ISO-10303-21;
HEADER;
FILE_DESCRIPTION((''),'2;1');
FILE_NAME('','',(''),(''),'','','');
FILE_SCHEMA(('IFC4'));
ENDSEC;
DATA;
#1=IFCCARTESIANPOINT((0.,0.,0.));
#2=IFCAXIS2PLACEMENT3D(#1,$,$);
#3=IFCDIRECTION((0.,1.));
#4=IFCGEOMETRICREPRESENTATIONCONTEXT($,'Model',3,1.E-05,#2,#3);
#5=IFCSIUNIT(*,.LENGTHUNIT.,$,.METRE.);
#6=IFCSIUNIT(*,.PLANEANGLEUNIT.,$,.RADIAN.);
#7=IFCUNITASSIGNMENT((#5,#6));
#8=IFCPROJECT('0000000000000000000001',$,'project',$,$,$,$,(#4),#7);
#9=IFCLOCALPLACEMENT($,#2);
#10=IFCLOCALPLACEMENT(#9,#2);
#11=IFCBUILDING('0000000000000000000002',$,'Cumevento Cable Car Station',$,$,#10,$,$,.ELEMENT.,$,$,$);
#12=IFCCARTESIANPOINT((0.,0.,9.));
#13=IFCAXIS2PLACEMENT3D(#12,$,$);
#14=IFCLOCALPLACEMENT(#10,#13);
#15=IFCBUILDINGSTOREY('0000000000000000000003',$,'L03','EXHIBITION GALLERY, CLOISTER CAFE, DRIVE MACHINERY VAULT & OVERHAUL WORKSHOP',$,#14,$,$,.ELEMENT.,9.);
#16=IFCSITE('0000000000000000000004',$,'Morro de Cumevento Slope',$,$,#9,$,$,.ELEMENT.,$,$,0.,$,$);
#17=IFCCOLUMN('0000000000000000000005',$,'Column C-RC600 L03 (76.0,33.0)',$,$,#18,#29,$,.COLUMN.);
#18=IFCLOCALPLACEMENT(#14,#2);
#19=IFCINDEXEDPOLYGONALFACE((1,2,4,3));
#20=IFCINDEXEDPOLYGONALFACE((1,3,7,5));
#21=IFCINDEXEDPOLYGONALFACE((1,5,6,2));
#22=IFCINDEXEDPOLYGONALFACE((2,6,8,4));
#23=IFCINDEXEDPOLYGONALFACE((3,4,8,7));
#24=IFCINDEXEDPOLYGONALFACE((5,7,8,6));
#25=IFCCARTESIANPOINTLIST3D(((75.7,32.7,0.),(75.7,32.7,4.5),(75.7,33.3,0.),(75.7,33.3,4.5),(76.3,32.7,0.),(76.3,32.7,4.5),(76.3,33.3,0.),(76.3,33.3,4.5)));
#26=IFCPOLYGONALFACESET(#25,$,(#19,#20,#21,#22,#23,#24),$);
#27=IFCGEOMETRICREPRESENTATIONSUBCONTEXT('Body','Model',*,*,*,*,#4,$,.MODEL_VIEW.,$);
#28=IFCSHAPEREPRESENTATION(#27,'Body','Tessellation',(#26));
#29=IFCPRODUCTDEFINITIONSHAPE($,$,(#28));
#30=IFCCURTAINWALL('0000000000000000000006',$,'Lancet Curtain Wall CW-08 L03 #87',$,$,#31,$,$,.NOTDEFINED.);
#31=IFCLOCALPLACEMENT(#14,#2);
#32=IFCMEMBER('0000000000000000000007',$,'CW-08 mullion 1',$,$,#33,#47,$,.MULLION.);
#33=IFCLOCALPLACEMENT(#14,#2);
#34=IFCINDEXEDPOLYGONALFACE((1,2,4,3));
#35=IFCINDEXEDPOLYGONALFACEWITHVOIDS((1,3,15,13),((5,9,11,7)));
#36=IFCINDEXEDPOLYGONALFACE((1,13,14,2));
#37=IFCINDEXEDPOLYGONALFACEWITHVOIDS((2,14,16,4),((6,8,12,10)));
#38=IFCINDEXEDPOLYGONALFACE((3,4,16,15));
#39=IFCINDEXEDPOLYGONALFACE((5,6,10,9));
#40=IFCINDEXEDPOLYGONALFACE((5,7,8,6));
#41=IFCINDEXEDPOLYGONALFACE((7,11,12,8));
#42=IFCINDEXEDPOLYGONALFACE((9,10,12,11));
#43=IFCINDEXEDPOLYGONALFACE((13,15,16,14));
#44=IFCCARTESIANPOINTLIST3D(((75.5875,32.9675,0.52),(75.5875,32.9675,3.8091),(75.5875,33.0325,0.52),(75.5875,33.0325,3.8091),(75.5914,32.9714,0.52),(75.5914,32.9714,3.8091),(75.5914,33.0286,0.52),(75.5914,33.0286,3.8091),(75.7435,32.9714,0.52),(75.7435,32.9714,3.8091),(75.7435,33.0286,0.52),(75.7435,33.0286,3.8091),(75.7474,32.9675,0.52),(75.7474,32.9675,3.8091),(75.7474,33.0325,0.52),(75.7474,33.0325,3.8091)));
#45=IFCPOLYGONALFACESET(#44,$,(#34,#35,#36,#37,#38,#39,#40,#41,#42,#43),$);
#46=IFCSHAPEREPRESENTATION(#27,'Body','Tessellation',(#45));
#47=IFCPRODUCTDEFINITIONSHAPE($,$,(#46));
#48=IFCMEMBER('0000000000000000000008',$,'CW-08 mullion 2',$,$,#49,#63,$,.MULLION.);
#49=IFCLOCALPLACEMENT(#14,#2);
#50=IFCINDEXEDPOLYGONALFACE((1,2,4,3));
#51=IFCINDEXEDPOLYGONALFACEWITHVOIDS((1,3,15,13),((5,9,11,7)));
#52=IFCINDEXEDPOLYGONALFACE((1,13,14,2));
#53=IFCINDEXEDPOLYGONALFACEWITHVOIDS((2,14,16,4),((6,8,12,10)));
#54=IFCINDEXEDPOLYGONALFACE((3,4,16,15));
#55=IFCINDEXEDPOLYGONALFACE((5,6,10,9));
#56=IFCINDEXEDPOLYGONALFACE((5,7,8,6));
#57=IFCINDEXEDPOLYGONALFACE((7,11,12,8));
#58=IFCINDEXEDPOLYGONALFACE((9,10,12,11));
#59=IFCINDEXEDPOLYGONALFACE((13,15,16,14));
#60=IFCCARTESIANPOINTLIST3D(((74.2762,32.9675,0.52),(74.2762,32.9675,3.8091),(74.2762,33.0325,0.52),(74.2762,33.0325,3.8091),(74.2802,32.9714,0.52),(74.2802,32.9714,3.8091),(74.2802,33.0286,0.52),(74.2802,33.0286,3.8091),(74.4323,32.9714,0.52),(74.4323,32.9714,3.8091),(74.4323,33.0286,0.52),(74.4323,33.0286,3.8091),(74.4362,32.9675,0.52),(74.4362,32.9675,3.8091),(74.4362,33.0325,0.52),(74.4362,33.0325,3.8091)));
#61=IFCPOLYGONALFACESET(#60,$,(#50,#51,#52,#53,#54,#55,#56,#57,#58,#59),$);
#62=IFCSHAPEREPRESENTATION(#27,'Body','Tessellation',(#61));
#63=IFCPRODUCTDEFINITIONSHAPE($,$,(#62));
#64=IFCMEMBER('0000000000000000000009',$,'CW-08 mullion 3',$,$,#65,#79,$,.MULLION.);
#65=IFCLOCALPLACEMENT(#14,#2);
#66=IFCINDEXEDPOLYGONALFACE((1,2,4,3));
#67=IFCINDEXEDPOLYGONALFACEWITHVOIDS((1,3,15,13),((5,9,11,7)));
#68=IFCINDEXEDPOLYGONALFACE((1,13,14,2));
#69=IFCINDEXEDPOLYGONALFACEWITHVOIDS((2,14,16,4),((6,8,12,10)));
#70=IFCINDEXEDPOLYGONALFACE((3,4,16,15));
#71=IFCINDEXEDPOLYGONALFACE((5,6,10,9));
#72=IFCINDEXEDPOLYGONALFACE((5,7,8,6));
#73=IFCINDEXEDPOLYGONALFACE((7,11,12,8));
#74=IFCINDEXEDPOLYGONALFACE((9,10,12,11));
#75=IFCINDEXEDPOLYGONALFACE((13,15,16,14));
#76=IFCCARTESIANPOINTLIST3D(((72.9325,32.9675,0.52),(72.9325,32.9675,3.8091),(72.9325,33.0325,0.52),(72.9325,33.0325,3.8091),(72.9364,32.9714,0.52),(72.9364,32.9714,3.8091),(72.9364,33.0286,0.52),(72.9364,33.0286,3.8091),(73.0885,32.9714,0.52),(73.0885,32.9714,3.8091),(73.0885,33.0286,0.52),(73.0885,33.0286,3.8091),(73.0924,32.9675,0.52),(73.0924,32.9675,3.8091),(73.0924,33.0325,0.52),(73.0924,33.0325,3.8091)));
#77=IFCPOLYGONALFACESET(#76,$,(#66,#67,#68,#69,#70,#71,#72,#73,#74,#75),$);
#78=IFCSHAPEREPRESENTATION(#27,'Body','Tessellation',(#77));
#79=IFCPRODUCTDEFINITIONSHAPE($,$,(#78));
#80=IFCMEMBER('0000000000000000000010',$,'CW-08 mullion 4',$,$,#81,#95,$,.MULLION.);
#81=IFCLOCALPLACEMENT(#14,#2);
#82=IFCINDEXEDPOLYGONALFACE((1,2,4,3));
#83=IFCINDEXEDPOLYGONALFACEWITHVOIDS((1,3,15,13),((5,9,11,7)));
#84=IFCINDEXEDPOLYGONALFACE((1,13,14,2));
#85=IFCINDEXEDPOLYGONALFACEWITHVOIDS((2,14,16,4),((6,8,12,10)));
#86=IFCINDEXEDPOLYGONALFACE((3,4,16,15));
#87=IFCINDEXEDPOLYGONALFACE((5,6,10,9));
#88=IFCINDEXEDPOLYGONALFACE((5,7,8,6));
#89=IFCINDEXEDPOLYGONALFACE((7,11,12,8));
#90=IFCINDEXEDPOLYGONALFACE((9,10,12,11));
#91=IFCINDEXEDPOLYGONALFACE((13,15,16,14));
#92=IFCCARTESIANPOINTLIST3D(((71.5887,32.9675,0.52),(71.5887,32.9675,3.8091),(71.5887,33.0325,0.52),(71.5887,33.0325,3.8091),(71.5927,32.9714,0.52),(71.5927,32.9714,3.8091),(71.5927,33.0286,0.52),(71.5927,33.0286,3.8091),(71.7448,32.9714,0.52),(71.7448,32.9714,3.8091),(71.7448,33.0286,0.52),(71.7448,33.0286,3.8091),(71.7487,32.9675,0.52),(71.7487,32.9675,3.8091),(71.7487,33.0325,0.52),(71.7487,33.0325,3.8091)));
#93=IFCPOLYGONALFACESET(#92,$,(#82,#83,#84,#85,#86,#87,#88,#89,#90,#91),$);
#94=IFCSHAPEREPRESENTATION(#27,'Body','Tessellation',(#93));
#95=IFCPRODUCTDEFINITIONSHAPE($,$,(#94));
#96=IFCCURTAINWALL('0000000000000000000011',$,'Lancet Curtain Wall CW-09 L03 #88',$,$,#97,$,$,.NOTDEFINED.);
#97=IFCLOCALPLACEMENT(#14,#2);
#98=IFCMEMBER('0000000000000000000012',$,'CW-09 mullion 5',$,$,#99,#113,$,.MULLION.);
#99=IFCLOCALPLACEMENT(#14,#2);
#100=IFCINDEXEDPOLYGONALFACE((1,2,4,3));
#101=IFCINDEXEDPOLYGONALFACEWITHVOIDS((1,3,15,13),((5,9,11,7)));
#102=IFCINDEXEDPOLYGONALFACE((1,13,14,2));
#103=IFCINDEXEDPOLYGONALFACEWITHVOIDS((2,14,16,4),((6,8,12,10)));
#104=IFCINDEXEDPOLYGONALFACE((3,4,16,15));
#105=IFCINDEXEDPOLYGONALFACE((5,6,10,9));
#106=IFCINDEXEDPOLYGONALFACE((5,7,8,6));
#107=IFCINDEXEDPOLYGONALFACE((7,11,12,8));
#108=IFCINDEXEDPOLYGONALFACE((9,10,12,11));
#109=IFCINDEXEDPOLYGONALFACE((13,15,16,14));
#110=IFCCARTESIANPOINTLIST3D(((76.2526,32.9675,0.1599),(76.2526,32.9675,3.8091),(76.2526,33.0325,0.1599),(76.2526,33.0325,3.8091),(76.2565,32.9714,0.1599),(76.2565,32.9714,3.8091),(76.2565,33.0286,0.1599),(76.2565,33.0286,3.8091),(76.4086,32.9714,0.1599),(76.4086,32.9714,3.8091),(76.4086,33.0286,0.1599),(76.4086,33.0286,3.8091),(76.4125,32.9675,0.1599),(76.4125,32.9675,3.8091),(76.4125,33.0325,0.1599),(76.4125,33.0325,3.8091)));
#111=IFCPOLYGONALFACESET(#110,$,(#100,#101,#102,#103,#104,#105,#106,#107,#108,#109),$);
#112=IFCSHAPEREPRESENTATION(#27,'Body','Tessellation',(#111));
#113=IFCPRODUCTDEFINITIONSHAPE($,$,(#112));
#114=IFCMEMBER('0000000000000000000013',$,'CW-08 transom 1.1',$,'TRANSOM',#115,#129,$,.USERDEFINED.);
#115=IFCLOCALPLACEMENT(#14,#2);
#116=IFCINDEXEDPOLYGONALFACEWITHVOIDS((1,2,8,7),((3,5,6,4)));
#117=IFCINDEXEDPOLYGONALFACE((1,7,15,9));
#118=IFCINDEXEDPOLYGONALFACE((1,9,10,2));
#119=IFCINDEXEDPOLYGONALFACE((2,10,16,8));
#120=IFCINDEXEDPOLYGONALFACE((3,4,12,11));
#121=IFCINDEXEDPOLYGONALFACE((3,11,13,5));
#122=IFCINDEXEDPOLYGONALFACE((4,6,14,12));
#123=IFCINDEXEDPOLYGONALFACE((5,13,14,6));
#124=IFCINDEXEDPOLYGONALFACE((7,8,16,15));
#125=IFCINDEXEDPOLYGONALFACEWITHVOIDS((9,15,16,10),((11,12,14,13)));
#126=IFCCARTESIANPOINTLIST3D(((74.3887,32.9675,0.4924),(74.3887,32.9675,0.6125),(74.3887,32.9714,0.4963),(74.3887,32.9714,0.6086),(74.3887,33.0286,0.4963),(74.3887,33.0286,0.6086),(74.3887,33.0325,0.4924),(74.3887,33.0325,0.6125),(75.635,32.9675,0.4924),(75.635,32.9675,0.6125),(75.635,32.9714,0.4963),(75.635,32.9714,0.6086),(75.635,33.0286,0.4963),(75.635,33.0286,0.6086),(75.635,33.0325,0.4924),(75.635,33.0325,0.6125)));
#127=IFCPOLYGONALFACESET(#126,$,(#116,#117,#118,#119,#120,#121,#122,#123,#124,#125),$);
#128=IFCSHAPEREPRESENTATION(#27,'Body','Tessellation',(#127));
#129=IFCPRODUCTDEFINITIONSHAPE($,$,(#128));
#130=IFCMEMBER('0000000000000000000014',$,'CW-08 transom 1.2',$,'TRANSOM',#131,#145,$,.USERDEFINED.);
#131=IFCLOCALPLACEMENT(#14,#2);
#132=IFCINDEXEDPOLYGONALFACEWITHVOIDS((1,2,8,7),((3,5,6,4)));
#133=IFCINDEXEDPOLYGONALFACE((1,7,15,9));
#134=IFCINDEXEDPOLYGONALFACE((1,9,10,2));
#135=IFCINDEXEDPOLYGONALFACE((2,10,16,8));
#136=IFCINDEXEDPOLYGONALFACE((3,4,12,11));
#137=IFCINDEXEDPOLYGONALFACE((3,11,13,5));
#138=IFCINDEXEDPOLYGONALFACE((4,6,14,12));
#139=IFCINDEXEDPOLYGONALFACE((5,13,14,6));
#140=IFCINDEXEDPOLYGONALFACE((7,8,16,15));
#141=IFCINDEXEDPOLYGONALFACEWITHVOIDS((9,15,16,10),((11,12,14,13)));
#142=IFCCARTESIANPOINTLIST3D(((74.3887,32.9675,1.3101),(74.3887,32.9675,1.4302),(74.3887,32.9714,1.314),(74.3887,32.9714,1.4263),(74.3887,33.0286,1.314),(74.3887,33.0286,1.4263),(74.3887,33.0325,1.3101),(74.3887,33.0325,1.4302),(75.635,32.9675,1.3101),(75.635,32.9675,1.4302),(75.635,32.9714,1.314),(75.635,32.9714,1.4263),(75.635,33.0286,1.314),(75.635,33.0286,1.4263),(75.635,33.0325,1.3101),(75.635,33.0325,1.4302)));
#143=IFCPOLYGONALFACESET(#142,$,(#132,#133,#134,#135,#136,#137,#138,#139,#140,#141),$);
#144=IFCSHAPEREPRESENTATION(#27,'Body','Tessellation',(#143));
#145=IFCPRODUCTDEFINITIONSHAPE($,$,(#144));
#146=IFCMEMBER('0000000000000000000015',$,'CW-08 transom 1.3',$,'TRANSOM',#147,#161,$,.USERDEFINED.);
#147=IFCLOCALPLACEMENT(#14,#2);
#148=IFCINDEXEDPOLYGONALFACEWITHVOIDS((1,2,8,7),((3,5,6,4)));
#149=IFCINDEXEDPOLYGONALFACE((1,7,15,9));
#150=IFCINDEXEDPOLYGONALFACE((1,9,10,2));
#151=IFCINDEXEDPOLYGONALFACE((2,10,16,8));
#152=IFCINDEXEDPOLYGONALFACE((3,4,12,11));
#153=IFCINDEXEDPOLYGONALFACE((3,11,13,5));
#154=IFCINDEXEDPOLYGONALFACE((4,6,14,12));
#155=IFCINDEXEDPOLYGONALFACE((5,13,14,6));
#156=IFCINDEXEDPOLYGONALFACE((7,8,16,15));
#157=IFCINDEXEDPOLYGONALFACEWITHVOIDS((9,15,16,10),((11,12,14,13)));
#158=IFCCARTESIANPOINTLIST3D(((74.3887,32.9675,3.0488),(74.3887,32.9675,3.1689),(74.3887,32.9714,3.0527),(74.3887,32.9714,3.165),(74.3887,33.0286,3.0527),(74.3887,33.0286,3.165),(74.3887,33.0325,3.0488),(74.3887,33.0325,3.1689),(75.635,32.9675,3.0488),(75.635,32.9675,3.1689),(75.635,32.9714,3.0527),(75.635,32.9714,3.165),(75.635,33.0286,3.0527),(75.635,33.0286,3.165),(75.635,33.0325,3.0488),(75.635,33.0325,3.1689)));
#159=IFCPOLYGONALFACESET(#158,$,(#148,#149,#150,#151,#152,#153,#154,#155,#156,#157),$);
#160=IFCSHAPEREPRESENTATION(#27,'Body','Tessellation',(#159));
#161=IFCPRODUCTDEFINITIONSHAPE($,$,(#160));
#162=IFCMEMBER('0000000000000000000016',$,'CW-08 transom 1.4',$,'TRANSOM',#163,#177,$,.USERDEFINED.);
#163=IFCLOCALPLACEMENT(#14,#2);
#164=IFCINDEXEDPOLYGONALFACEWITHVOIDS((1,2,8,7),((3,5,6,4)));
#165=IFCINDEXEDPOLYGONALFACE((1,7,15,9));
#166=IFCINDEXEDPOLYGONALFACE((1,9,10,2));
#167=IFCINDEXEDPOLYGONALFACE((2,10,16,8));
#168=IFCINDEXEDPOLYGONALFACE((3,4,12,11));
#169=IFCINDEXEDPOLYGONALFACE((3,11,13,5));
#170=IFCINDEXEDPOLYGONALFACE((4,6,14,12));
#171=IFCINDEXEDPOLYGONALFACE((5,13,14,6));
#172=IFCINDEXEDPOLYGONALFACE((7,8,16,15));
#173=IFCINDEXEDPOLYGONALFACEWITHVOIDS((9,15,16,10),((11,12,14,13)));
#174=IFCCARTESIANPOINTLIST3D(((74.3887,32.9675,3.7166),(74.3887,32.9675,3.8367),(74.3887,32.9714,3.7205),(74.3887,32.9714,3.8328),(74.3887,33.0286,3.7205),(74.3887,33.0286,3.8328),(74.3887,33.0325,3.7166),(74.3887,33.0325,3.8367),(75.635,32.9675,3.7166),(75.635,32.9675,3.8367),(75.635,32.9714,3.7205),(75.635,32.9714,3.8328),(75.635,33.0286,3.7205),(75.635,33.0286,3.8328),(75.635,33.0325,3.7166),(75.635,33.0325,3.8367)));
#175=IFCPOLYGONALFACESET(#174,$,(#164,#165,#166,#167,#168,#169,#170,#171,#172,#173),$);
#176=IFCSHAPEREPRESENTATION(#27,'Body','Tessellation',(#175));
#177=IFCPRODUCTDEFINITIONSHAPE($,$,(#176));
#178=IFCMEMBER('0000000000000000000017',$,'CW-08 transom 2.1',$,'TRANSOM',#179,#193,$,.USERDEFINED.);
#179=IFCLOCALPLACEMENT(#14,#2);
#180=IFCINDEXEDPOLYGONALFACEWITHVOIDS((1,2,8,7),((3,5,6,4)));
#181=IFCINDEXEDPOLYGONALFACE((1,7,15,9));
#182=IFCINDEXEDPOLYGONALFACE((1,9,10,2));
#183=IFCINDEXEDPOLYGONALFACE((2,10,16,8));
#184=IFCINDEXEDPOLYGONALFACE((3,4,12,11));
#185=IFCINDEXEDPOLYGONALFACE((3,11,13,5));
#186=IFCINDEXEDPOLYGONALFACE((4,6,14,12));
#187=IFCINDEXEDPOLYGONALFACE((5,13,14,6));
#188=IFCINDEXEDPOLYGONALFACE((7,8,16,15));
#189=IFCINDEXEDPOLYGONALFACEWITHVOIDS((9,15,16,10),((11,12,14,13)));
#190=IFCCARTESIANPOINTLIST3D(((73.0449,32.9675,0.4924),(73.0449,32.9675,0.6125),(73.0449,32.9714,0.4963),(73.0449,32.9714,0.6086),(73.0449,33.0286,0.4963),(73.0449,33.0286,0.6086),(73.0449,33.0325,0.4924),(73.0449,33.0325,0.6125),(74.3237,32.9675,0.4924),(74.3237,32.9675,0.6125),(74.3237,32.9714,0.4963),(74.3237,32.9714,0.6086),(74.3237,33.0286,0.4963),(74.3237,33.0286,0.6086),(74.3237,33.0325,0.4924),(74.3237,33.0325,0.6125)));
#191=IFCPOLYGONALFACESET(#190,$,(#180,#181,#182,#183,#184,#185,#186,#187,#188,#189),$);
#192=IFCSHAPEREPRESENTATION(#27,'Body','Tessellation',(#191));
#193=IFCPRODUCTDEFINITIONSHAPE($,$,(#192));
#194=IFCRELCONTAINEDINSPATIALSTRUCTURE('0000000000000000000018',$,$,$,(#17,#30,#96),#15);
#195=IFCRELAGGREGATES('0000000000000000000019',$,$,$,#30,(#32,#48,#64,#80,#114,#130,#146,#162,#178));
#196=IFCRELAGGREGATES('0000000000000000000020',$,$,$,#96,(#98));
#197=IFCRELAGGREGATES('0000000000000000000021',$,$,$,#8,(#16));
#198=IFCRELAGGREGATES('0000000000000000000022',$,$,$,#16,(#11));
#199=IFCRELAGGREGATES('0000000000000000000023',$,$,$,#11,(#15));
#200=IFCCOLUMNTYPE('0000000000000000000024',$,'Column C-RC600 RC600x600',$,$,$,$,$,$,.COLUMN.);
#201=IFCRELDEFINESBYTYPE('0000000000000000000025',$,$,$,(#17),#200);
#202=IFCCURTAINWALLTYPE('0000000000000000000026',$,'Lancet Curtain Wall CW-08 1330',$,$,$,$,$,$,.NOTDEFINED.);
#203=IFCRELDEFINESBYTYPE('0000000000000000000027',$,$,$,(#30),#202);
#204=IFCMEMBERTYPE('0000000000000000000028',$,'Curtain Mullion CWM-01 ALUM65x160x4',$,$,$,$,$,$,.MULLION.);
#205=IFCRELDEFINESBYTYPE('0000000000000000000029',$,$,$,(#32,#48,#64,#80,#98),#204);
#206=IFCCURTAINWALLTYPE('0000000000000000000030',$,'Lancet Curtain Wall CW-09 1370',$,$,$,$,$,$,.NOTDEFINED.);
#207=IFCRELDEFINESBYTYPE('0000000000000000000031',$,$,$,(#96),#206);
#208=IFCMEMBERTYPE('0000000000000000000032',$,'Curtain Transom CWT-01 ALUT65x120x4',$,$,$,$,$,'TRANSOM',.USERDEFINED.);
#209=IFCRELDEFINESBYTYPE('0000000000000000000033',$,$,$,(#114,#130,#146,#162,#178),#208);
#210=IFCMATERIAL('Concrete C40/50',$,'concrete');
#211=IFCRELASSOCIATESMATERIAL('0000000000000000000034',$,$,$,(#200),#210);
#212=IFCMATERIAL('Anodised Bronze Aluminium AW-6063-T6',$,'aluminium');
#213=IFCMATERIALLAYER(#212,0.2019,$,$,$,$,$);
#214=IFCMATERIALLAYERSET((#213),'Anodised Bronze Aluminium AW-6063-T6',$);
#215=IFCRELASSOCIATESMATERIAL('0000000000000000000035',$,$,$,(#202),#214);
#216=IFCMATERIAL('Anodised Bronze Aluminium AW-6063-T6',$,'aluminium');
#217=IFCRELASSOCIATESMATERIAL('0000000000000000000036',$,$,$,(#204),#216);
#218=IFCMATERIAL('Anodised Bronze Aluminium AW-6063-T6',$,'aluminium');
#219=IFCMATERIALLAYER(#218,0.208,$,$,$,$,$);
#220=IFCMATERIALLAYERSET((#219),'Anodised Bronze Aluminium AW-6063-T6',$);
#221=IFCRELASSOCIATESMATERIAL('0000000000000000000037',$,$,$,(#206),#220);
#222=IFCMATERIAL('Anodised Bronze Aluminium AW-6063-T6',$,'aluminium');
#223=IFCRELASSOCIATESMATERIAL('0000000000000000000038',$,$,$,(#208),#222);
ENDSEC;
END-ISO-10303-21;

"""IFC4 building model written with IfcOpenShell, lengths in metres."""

from ifc_helpers import new_model, si_unit, direction, frame, origin, origin_2d, place, context, subcontext, project, spatial, rectangle, hollow_rectangle, extrude, material, layer, layer_set, material_profile, profile_set, type_object, element, aggregate, save


model = new_model("IFC4")

# Units and contexts
model_context = context("Model", 3, precision=1e-05, world=origin(), true_north=direction((0.0, 1.0)))
body_context = subcontext(model_context, "Body", "Model", "MODEL_VIEW")
ifc_project = project(units=[si_unit("LENGTHUNIT", "METRE"), si_unit("PLANEANGLEUNIT", "RADIAN")], contexts=[model_context])

# Site, building, storey
site_placement = place(None, origin())
site = spatial("IfcSite", under=ifc_project, at=site_placement, Name="Morro de Cumevento Slope", CompositionType="ELEMENT", RefElevation=0.0)
building_placement = place(site_placement, origin())
building = spatial("IfcBuilding", under=site, at=building_placement, Name="Cumevento Cable Car Station", CompositionType="ELEMENT")
storey_placement = place(building_placement, frame((0.0, 0.0, 9.0)))
storey = spatial("IfcBuildingStorey", under=building, at=storey_placement, Name="L03", Description="EXHIBITION GALLERY, CLOISTER CAFE, DRIVE MACHINERY VAULT & OVERHAUL WORKSHOP", CompositionType="ELEMENT", Elevation=9.0)

# Column
ifc_material_1 = material(Name="Concrete C40/50", Category="concrete")
ifc_material_profile_1 = material_profile(ifc_material_1, rectangle(XDim=0.6001, YDim=0.6001, at=origin_2d()), Name="RC600x600")
ifc_profile_set_1 = profile_set([ifc_material_profile_1], Name="Concrete C40/50")
column_type = type_object("IfcColumnType", Name="Column C-RC600 RC600x600", PredefinedType="COLUMN", material=ifc_profile_set_1)
column_placement = place(storey_placement, frame((76.0, 33.0, 0.0), z_axis=(0.0, 0.0, 1.0), x_axis=(1.0, 0.0, 0.0)))
element("IfcColumn", 1, at=column_placement, inside=storey, type_object=column_type, Name="Column C-RC600 L03 (76.0,33.0)", PredefinedType="COLUMN", context=body_context, shape_type="SweptSolid", body=[
    extrude(rectangle(XDim=0.6001, YDim=0.6001, at=origin_2d()), origin(), (0.0, 0.0, 1.0), 4.5),
])

# Curtain wall, members
ifc_material_2 = material(Name="Anodised Bronze Aluminium AW-6063-T6", Category="aluminium")
ifc_layer_1 = layer(ifc_material_2, 0.2019)
ifc_layer_set_1 = layer_set([ifc_layer_1], Name="Anodised Bronze Aluminium AW-6063-T6")
curtain_wall_type_1 = type_object("IfcCurtainWallType", Name="Lancet Curtain Wall CW-08 1330", PredefinedType="NOTDEFINED", material=ifc_layer_set_1)
curtain_wall_1_placement = place(storey_placement, origin())
curtain_wall_1 = element("IfcCurtainWall", 2, at=curtain_wall_1_placement, inside=storey, type_object=curtain_wall_type_1, Name="Lancet Curtain Wall CW-08 L03 #87", PredefinedType="NOTDEFINED")
ifc_material_3 = material(Name="Anodised Bronze Aluminium AW-6063-T6", Category="aluminium")
ifc_material_profile_2 = material_profile(ifc_material_3, hollow_rectangle(XDim=0.0649, YDim=0.1599, WallThickness=0.0039, at=origin_2d()), Name="ALUM65x160x4")
ifc_profile_set_2 = profile_set([ifc_material_profile_2], Name="Anodised Bronze Aluminium AW-6063-T6")
member_type_1 = type_object("IfcMemberType", Name="Curtain Mullion CWM-01 ALUM65x160x4", PredefinedType="MULLION", material=ifc_profile_set_2)
member_1_placement = place(storey_placement, frame((75.6675, 33.0, 0.52), z_axis=(0.0, 0.0, 1.0), x_axis=(0.0, -1.0, 0.0)))
member_1 = element("IfcMember", 3, at=member_1_placement, type_object=member_type_1, Name="CW-08 mullion 1", PredefinedType="MULLION", context=body_context, shape_type="SweptSolid", body=[
    extrude(hollow_rectangle(XDim=0.0649, YDim=0.1599, WallThickness=0.0039, at=origin_2d()), origin(), (0.0, 0.0, 1.0), 3.2891),
])
member_2_placement = place(storey_placement, frame((74.3562, 33.0, 0.52), z_axis=(0.0, 0.0, 1.0), x_axis=(0.0, -1.0, 0.0)))
member_2 = element("IfcMember", 4, at=member_2_placement, type_object=member_type_1, Name="CW-08 mullion 2", PredefinedType="MULLION", context=body_context, shape_type="SweptSolid", body=[
    extrude(hollow_rectangle(XDim=0.0649, YDim=0.1599, WallThickness=0.0039, at=origin_2d()), origin(), (0.0, 0.0, 1.0), 3.2891),
])
member_3_placement = place(storey_placement, frame((73.0125, 33.0, 0.52), z_axis=(0.0, 0.0, 1.0), x_axis=(0.0, -1.0, 0.0)))
member_3 = element("IfcMember", 5, at=member_3_placement, type_object=member_type_1, Name="CW-08 mullion 3", PredefinedType="MULLION", context=body_context, shape_type="SweptSolid", body=[
    extrude(hollow_rectangle(XDim=0.0649, YDim=0.1599, WallThickness=0.0039, at=origin_2d()), origin(), (0.0, 0.0, 1.0), 3.2891),
])
member_4_placement = place(storey_placement, frame((71.6687, 33.0, 0.52), z_axis=(0.0, 0.0, 1.0), x_axis=(0.0, -1.0, 0.0)))
member_4 = element("IfcMember", 6, at=member_4_placement, type_object=member_type_1, Name="CW-08 mullion 4", PredefinedType="MULLION", context=body_context, shape_type="SweptSolid", body=[
    extrude(hollow_rectangle(XDim=0.0649, YDim=0.1599, WallThickness=0.0039, at=origin_2d()), origin(), (0.0, 0.0, 1.0), 3.2891),
])

# Curtain wall, member
ifc_material_4 = material(Name="Anodised Bronze Aluminium AW-6063-T6", Category="aluminium")
ifc_layer_2 = layer(ifc_material_4, 0.208)
ifc_layer_set_2 = layer_set([ifc_layer_2], Name="Anodised Bronze Aluminium AW-6063-T6")
curtain_wall_type_2 = type_object("IfcCurtainWallType", Name="Lancet Curtain Wall CW-09 1370", PredefinedType="NOTDEFINED", material=ifc_layer_set_2)
curtain_wall_2_placement = place(storey_placement, origin())
curtain_wall_2 = element("IfcCurtainWall", 7, at=curtain_wall_2_placement, inside=storey, type_object=curtain_wall_type_2, Name="Lancet Curtain Wall CW-09 L03 #88", PredefinedType="NOTDEFINED")
member_5_placement = place(storey_placement, frame((76.3325, 33.0, 0.1599), z_axis=(0.0, 0.0, 1.0), x_axis=(0.0, -1.0, 0.0)))
member_5 = element("IfcMember", 8, at=member_5_placement, type_object=member_type_1, Name="CW-09 mullion 5", PredefinedType="MULLION", context=body_context, shape_type="SweptSolid", body=[
    extrude(hollow_rectangle(XDim=0.0649, YDim=0.1599, WallThickness=0.0039, at=origin_2d()), origin(), (0.0, 0.0, 1.0), 3.6492),
])

# Members
ifc_material_5 = material(Name="Anodised Bronze Aluminium AW-6063-T6", Category="aluminium")
ifc_material_profile_3 = material_profile(ifc_material_5, hollow_rectangle(XDim=0.0649, YDim=0.1201, WallThickness=0.0039, at=origin_2d()), Name="ALUT65x120x4")
ifc_profile_set_3 = profile_set([ifc_material_profile_3], Name="Anodised Bronze Aluminium AW-6063-T6")
member_type_2 = type_object("IfcMemberType", Name="Curtain Transom CWT-01 ALUT65x120x4", ElementType="TRANSOM", PredefinedType="USERDEFINED", material=ifc_profile_set_3)
member_6_placement = place(storey_placement, frame((75.635, 33.0, 0.5525), z_axis=(-1.0, 0.0, 0.0), x_axis=(0.0, -1.0, 0.0)))
member_6 = element("IfcMember", 9, at=member_6_placement, type_object=member_type_2, Name="CW-08 transom 1.1", ObjectType="TRANSOM", PredefinedType="USERDEFINED", context=body_context, shape_type="SweptSolid", body=[
    extrude(hollow_rectangle(XDim=0.0649, YDim=0.1201, WallThickness=0.0039, at=origin_2d()), origin(), (0.0, 0.0, 1.0), 1.2463),
])
member_7_placement = place(storey_placement, frame((75.635, 33.0, 1.3701), z_axis=(-1.0, 0.0, 0.0), x_axis=(0.0, -1.0, 0.0)))
member_7 = element("IfcMember", 10, at=member_7_placement, type_object=member_type_2, Name="CW-08 transom 1.2", ObjectType="TRANSOM", PredefinedType="USERDEFINED", context=body_context, shape_type="SweptSolid", body=[
    extrude(hollow_rectangle(XDim=0.0649, YDim=0.1201, WallThickness=0.0039, at=origin_2d()), origin(), (0.0, 0.0, 1.0), 1.2463),
])
member_8_placement = place(storey_placement, frame((75.635, 33.0, 3.1089), z_axis=(-1.0, 0.0, 0.0), x_axis=(0.0, -1.0, 0.0)))
member_8 = element("IfcMember", 11, at=member_8_placement, type_object=member_type_2, Name="CW-08 transom 1.3", ObjectType="TRANSOM", PredefinedType="USERDEFINED", context=body_context, shape_type="SweptSolid", body=[
    extrude(hollow_rectangle(XDim=0.0649, YDim=0.1201, WallThickness=0.0039, at=origin_2d()), origin(), (0.0, 0.0, 1.0), 1.2463),
])
member_9_placement = place(storey_placement, frame((75.635, 33.0, 3.7766), z_axis=(-1.0, 0.0, 0.0), x_axis=(0.0, -1.0, 0.0)))
member_9 = element("IfcMember", 12, at=member_9_placement, type_object=member_type_2, Name="CW-08 transom 1.4", ObjectType="TRANSOM", PredefinedType="USERDEFINED", context=body_context, shape_type="SweptSolid", body=[
    extrude(hollow_rectangle(XDim=0.0649, YDim=0.1201, WallThickness=0.0039, at=origin_2d()), origin(), (0.0, 0.0, 1.0), 1.2463),
])
member_10_placement = place(storey_placement, frame((74.3237, 33.0, 0.5525), z_axis=(-1.0, 0.0, 0.0), x_axis=(0.0, -1.0, 0.0)))
member_10 = element("IfcMember", 13, at=member_10_placement, type_object=member_type_2, Name="CW-08 transom 2.1", ObjectType="TRANSOM", PredefinedType="USERDEFINED", context=body_context, shape_type="SweptSolid", body=[
    extrude(hollow_rectangle(XDim=0.0649, YDim=0.1201, WallThickness=0.0039, at=origin_2d()), origin(), (0.0, 0.0, 1.0), 1.2788),
])

aggregate(curtain_wall_1, [member_1, member_2, member_3, member_4, member_6, member_7, member_8, member_9, member_10])
aggregate(curtain_wall_2, [member_5])

save(model, "model.ifc")
